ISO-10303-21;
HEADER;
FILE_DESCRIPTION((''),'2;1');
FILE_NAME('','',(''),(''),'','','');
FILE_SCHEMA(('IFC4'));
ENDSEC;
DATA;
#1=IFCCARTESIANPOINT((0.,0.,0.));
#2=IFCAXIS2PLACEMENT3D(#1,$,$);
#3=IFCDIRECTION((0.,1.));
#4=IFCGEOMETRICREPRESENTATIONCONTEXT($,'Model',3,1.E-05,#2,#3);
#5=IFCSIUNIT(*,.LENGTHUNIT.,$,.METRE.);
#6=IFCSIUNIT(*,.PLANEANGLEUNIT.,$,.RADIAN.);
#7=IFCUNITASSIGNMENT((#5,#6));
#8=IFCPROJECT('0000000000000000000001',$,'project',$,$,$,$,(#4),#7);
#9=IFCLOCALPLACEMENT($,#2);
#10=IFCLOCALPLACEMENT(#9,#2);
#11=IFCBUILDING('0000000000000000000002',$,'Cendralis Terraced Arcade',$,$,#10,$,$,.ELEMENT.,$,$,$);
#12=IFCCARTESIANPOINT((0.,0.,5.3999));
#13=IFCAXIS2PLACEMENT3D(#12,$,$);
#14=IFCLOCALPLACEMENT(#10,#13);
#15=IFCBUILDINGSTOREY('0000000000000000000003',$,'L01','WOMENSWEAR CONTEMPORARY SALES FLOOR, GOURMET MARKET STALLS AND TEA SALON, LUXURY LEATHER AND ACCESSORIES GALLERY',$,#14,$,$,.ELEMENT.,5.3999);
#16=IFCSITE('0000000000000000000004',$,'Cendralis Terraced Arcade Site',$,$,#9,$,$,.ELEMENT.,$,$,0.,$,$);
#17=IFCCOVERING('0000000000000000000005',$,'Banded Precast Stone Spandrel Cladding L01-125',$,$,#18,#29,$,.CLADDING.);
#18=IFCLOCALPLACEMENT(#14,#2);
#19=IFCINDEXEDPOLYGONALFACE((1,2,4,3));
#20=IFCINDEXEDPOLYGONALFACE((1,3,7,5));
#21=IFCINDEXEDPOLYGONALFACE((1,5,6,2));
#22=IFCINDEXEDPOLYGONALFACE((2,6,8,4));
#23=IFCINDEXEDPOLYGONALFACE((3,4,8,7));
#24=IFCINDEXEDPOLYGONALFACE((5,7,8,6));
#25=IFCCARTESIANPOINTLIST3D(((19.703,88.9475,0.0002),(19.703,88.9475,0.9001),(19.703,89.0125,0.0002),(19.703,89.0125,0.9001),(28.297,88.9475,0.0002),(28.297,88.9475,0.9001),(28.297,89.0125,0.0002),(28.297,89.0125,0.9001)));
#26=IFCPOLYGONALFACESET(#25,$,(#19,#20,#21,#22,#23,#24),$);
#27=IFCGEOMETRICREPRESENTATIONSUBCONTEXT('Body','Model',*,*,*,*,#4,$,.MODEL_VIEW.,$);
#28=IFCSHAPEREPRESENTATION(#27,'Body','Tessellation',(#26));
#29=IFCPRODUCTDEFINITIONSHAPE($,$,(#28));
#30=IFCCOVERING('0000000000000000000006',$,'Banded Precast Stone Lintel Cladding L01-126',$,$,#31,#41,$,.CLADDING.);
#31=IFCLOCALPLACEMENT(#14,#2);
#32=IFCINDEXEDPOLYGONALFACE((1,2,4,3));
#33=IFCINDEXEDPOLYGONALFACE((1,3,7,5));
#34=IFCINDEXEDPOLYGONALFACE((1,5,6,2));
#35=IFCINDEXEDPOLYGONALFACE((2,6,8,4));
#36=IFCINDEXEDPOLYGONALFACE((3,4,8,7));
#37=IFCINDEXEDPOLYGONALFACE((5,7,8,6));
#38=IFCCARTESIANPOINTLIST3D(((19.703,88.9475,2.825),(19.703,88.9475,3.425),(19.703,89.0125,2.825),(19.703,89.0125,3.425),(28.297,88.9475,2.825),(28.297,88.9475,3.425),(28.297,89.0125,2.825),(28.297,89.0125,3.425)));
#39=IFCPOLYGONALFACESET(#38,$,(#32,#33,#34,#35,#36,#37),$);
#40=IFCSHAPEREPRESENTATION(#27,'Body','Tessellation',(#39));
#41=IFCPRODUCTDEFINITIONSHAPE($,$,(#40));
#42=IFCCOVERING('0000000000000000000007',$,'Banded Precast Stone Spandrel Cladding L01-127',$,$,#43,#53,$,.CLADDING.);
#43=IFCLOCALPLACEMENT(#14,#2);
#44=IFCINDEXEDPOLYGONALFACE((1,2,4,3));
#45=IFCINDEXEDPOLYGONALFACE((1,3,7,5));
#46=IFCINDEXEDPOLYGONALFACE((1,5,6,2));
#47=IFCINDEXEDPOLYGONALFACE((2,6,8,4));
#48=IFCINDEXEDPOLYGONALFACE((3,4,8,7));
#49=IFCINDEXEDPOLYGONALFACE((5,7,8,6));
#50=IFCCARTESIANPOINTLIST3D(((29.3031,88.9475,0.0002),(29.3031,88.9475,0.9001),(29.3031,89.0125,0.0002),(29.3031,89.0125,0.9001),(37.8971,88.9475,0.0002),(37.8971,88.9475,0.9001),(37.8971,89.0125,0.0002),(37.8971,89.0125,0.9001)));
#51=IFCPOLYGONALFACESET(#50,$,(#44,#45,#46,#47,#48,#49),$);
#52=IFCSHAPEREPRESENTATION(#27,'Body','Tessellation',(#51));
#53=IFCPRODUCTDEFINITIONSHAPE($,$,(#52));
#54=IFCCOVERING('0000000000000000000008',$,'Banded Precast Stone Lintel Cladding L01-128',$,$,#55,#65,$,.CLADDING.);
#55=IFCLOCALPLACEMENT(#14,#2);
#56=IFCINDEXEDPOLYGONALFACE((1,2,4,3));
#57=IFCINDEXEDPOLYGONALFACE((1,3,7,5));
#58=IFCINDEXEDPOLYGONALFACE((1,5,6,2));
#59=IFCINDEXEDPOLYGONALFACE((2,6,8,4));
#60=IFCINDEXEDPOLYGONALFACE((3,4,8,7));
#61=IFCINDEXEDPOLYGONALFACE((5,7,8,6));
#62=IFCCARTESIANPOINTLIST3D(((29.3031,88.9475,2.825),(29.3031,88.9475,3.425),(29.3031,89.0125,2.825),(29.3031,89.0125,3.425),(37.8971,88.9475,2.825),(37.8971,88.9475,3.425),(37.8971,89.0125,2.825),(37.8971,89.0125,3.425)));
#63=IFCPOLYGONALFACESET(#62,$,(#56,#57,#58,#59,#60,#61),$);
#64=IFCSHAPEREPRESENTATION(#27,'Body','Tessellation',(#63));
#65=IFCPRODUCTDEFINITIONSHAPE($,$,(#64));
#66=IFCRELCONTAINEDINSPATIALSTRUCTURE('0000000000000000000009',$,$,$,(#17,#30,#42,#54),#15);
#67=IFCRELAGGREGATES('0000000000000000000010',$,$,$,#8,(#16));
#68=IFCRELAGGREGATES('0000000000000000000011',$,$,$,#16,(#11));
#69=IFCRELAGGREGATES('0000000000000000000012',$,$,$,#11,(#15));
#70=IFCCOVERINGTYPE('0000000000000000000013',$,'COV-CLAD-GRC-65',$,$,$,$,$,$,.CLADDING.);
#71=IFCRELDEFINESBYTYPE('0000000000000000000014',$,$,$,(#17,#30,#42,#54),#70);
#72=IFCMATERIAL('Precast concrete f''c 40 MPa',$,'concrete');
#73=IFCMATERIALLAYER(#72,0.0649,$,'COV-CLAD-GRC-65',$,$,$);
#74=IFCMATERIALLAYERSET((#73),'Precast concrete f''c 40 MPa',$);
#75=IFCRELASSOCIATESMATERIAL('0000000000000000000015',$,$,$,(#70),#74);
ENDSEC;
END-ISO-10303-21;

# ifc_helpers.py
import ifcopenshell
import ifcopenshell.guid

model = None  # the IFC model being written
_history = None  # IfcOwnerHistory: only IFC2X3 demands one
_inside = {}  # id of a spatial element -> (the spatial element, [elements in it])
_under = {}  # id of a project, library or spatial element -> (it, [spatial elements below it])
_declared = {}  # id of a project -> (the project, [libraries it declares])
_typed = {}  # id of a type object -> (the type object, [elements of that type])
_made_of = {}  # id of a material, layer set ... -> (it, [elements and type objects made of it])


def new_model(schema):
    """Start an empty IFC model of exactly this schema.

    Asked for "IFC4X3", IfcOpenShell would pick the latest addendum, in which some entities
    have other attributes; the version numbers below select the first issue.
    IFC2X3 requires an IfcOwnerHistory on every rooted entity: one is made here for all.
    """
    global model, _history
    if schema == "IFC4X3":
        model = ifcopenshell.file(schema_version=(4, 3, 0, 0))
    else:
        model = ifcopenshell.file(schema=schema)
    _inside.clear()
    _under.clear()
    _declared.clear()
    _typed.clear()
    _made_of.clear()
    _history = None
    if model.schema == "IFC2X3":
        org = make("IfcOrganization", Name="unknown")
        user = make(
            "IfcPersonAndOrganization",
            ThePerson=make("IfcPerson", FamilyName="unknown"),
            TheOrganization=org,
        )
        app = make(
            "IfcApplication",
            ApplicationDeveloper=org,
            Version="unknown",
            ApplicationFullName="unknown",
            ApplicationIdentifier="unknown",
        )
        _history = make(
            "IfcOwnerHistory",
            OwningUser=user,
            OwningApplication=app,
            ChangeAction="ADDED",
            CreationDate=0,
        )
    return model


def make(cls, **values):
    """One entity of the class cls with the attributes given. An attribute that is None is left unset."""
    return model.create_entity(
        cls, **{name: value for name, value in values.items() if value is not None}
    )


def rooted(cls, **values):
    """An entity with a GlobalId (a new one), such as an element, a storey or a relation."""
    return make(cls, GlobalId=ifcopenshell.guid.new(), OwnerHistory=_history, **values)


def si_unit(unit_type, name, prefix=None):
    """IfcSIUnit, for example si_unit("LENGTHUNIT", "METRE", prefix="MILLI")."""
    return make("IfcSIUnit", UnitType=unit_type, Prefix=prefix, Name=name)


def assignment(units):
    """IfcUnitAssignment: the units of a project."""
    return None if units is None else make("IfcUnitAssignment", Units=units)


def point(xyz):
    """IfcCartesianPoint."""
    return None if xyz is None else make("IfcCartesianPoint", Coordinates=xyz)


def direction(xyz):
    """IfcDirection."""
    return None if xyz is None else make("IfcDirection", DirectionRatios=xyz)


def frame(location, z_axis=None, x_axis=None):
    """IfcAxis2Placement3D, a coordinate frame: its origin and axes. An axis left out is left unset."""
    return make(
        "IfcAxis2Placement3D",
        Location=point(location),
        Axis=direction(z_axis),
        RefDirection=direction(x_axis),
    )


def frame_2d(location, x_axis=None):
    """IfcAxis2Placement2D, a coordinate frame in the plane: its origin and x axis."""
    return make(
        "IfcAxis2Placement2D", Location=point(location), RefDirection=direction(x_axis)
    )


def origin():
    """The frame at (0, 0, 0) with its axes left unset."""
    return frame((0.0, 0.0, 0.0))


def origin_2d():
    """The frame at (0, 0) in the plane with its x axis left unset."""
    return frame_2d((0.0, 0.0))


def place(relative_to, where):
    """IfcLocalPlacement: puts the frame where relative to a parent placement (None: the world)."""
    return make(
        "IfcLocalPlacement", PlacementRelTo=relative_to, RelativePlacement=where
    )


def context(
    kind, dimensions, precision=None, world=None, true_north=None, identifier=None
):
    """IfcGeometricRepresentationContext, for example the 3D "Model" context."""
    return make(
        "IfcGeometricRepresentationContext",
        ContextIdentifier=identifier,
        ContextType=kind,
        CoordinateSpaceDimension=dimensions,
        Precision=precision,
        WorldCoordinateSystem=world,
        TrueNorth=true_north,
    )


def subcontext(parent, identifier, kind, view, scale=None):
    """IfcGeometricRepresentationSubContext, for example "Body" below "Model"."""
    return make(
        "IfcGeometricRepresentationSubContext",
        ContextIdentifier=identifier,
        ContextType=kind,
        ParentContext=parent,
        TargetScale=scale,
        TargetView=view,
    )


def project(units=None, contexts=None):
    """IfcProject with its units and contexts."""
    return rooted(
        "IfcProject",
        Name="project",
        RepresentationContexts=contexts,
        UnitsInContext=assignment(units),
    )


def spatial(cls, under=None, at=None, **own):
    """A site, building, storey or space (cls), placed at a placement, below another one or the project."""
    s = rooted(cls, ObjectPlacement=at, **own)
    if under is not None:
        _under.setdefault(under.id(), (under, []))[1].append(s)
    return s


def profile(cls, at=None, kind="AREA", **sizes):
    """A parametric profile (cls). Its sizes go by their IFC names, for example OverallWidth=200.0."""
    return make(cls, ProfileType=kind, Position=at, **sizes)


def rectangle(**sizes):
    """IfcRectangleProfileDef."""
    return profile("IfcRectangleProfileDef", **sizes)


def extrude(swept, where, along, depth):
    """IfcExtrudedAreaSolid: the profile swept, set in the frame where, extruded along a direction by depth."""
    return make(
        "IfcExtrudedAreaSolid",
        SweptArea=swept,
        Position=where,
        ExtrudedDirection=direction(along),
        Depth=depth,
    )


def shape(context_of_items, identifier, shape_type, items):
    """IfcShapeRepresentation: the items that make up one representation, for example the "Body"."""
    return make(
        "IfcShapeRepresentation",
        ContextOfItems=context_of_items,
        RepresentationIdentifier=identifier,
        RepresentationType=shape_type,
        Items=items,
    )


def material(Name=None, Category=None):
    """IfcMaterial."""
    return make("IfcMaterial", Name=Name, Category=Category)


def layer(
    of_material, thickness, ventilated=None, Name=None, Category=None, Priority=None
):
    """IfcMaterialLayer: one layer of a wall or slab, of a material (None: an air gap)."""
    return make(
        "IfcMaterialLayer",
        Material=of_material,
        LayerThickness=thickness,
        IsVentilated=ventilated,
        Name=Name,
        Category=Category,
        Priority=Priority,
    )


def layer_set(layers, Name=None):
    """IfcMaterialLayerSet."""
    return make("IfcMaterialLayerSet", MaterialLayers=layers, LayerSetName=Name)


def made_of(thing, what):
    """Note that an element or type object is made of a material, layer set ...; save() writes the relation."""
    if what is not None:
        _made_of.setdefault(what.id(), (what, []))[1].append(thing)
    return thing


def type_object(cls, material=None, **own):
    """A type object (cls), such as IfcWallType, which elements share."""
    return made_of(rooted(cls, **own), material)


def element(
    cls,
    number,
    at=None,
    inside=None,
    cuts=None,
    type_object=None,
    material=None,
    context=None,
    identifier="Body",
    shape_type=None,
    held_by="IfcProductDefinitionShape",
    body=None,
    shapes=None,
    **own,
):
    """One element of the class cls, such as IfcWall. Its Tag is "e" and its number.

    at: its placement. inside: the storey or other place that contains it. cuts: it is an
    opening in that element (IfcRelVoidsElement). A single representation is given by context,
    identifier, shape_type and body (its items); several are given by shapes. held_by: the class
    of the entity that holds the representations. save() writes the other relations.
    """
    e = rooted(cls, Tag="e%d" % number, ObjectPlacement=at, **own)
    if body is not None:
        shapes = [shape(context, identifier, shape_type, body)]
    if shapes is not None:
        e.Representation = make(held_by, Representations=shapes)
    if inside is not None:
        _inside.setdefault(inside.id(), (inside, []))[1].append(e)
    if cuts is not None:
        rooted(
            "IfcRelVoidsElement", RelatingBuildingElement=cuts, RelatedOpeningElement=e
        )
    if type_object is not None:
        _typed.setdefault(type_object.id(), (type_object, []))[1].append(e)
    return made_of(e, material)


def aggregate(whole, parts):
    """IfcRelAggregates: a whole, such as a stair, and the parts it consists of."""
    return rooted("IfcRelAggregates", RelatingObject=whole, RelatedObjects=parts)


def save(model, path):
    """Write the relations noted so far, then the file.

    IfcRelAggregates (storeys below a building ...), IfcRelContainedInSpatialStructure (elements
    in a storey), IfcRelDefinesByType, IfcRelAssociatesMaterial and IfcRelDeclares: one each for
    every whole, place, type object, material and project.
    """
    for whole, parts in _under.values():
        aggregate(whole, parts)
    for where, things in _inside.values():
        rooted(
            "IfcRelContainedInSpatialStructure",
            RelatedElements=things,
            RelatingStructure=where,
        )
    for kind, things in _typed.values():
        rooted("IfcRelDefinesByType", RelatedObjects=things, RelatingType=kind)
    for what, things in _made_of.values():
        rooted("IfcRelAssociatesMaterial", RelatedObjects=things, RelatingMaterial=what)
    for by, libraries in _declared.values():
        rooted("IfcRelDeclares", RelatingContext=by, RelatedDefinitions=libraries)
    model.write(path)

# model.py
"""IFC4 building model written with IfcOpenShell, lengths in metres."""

from ifc_helpers import new_model, si_unit, direction, frame, origin, origin_2d, place, context, subcontext, project, spatial, rectangle, extrude, material, layer, layer_set, type_object, element, save


model = new_model("IFC4")

# Units and contexts
model_context = context("Model", 3, precision=1e-05, world=origin(), true_north=direction((0.0, 1.0)))
body_context = subcontext(model_context, "Body", "Model", "MODEL_VIEW")
ifc_project = project(units=[si_unit("LENGTHUNIT", "METRE"), si_unit("PLANEANGLEUNIT", "RADIAN")], contexts=[model_context])

# Site, building, storey
site_placement = place(None, origin())
site = spatial("IfcSite", under=ifc_project, at=site_placement, Name="Cendralis Terraced Arcade Site", CompositionType="ELEMENT", RefElevation=0.0)
building_placement = place(site_placement, origin())
building = spatial("IfcBuilding", under=site, at=building_placement, Name="Cendralis Terraced Arcade", CompositionType="ELEMENT")
storey_placement = place(building_placement, frame((0.0, 0.0, 5.3999)))
storey = spatial("IfcBuildingStorey", under=building, at=storey_placement, Name="L01", Description="WOMENSWEAR CONTEMPORARY SALES FLOOR, GOURMET MARKET STALLS AND TEA SALON, LUXURY LEATHER AND ACCESSORIES GALLERY", CompositionType="ELEMENT", Elevation=5.3999)

# Shared definitions
ifc_material_1 = material(Name="Precast concrete f'c 40 MPa", Category="concrete")

# Coverings
ifc_layer_1 = layer(ifc_material_1, 0.0649, Name="COV-CLAD-GRC-65")
ifc_layer_set_1 = layer_set([ifc_layer_1], Name="Precast concrete f'c 40 MPa")
covering_type = type_object("IfcCoveringType", Name="COV-CLAD-GRC-65", PredefinedType="CLADDING", material=ifc_layer_set_1)
covering_1_placement = place(storey_placement, frame((24.0, 88.98, 0.0002), z_axis=(0.0, 0.0, 1.0), x_axis=(1.0, 0.0, 0.0)))
element("IfcCovering", 1, at=covering_1_placement, inside=storey, type_object=covering_type, Name="Banded Precast Stone Spandrel Cladding L01-125", PredefinedType="CLADDING", context=body_context, shape_type="SweptSolid", body=[
    extrude(rectangle(XDim=8.594, YDim=0.0649, at=origin_2d()), origin(), (0.0, 0.0, 1.0), 0.8999),
])
covering_2_placement = place(storey_placement, frame((24.0, 88.98, 2.825), z_axis=(0.0, 0.0, 1.0), x_axis=(1.0, 0.0, 0.0)))
element("IfcCovering", 2, at=covering_2_placement, inside=storey, type_object=covering_type, Name="Banded Precast Stone Lintel Cladding L01-126", PredefinedType="CLADDING", context=body_context, shape_type="SweptSolid", body=[
    extrude(rectangle(XDim=8.594, YDim=0.0649, at=origin_2d()), origin(), (0.0, 0.0, 1.0), 0.6001),
])
covering_3_placement = place(storey_placement, frame((33.6001, 88.98, 0.0002), z_axis=(0.0, 0.0, 1.0), x_axis=(1.0, 0.0, 0.0)))
element("IfcCovering", 3, at=covering_3_placement, inside=storey, type_object=covering_type, Name="Banded Precast Stone Spandrel Cladding L01-127", PredefinedType="CLADDING", context=body_context, shape_type="SweptSolid", body=[
    extrude(rectangle(XDim=8.594, YDim=0.0649, at=origin_2d()), origin(), (0.0, 0.0, 1.0), 0.8999),
])
covering_4_placement = place(storey_placement, frame((33.6001, 88.98, 2.825), z_axis=(0.0, 0.0, 1.0), x_axis=(1.0, 0.0, 0.0)))
element("IfcCovering", 4, at=covering_4_placement, inside=storey, type_object=covering_type, Name="Banded Precast Stone Lintel Cladding L01-128", PredefinedType="CLADDING", context=body_context, shape_type="SweptSolid", body=[
    extrude(rectangle(XDim=8.594, YDim=0.0649, at=origin_2d()), origin(), (0.0, 0.0, 1.0), 0.6001),
])

save(model, "model.ifc")
